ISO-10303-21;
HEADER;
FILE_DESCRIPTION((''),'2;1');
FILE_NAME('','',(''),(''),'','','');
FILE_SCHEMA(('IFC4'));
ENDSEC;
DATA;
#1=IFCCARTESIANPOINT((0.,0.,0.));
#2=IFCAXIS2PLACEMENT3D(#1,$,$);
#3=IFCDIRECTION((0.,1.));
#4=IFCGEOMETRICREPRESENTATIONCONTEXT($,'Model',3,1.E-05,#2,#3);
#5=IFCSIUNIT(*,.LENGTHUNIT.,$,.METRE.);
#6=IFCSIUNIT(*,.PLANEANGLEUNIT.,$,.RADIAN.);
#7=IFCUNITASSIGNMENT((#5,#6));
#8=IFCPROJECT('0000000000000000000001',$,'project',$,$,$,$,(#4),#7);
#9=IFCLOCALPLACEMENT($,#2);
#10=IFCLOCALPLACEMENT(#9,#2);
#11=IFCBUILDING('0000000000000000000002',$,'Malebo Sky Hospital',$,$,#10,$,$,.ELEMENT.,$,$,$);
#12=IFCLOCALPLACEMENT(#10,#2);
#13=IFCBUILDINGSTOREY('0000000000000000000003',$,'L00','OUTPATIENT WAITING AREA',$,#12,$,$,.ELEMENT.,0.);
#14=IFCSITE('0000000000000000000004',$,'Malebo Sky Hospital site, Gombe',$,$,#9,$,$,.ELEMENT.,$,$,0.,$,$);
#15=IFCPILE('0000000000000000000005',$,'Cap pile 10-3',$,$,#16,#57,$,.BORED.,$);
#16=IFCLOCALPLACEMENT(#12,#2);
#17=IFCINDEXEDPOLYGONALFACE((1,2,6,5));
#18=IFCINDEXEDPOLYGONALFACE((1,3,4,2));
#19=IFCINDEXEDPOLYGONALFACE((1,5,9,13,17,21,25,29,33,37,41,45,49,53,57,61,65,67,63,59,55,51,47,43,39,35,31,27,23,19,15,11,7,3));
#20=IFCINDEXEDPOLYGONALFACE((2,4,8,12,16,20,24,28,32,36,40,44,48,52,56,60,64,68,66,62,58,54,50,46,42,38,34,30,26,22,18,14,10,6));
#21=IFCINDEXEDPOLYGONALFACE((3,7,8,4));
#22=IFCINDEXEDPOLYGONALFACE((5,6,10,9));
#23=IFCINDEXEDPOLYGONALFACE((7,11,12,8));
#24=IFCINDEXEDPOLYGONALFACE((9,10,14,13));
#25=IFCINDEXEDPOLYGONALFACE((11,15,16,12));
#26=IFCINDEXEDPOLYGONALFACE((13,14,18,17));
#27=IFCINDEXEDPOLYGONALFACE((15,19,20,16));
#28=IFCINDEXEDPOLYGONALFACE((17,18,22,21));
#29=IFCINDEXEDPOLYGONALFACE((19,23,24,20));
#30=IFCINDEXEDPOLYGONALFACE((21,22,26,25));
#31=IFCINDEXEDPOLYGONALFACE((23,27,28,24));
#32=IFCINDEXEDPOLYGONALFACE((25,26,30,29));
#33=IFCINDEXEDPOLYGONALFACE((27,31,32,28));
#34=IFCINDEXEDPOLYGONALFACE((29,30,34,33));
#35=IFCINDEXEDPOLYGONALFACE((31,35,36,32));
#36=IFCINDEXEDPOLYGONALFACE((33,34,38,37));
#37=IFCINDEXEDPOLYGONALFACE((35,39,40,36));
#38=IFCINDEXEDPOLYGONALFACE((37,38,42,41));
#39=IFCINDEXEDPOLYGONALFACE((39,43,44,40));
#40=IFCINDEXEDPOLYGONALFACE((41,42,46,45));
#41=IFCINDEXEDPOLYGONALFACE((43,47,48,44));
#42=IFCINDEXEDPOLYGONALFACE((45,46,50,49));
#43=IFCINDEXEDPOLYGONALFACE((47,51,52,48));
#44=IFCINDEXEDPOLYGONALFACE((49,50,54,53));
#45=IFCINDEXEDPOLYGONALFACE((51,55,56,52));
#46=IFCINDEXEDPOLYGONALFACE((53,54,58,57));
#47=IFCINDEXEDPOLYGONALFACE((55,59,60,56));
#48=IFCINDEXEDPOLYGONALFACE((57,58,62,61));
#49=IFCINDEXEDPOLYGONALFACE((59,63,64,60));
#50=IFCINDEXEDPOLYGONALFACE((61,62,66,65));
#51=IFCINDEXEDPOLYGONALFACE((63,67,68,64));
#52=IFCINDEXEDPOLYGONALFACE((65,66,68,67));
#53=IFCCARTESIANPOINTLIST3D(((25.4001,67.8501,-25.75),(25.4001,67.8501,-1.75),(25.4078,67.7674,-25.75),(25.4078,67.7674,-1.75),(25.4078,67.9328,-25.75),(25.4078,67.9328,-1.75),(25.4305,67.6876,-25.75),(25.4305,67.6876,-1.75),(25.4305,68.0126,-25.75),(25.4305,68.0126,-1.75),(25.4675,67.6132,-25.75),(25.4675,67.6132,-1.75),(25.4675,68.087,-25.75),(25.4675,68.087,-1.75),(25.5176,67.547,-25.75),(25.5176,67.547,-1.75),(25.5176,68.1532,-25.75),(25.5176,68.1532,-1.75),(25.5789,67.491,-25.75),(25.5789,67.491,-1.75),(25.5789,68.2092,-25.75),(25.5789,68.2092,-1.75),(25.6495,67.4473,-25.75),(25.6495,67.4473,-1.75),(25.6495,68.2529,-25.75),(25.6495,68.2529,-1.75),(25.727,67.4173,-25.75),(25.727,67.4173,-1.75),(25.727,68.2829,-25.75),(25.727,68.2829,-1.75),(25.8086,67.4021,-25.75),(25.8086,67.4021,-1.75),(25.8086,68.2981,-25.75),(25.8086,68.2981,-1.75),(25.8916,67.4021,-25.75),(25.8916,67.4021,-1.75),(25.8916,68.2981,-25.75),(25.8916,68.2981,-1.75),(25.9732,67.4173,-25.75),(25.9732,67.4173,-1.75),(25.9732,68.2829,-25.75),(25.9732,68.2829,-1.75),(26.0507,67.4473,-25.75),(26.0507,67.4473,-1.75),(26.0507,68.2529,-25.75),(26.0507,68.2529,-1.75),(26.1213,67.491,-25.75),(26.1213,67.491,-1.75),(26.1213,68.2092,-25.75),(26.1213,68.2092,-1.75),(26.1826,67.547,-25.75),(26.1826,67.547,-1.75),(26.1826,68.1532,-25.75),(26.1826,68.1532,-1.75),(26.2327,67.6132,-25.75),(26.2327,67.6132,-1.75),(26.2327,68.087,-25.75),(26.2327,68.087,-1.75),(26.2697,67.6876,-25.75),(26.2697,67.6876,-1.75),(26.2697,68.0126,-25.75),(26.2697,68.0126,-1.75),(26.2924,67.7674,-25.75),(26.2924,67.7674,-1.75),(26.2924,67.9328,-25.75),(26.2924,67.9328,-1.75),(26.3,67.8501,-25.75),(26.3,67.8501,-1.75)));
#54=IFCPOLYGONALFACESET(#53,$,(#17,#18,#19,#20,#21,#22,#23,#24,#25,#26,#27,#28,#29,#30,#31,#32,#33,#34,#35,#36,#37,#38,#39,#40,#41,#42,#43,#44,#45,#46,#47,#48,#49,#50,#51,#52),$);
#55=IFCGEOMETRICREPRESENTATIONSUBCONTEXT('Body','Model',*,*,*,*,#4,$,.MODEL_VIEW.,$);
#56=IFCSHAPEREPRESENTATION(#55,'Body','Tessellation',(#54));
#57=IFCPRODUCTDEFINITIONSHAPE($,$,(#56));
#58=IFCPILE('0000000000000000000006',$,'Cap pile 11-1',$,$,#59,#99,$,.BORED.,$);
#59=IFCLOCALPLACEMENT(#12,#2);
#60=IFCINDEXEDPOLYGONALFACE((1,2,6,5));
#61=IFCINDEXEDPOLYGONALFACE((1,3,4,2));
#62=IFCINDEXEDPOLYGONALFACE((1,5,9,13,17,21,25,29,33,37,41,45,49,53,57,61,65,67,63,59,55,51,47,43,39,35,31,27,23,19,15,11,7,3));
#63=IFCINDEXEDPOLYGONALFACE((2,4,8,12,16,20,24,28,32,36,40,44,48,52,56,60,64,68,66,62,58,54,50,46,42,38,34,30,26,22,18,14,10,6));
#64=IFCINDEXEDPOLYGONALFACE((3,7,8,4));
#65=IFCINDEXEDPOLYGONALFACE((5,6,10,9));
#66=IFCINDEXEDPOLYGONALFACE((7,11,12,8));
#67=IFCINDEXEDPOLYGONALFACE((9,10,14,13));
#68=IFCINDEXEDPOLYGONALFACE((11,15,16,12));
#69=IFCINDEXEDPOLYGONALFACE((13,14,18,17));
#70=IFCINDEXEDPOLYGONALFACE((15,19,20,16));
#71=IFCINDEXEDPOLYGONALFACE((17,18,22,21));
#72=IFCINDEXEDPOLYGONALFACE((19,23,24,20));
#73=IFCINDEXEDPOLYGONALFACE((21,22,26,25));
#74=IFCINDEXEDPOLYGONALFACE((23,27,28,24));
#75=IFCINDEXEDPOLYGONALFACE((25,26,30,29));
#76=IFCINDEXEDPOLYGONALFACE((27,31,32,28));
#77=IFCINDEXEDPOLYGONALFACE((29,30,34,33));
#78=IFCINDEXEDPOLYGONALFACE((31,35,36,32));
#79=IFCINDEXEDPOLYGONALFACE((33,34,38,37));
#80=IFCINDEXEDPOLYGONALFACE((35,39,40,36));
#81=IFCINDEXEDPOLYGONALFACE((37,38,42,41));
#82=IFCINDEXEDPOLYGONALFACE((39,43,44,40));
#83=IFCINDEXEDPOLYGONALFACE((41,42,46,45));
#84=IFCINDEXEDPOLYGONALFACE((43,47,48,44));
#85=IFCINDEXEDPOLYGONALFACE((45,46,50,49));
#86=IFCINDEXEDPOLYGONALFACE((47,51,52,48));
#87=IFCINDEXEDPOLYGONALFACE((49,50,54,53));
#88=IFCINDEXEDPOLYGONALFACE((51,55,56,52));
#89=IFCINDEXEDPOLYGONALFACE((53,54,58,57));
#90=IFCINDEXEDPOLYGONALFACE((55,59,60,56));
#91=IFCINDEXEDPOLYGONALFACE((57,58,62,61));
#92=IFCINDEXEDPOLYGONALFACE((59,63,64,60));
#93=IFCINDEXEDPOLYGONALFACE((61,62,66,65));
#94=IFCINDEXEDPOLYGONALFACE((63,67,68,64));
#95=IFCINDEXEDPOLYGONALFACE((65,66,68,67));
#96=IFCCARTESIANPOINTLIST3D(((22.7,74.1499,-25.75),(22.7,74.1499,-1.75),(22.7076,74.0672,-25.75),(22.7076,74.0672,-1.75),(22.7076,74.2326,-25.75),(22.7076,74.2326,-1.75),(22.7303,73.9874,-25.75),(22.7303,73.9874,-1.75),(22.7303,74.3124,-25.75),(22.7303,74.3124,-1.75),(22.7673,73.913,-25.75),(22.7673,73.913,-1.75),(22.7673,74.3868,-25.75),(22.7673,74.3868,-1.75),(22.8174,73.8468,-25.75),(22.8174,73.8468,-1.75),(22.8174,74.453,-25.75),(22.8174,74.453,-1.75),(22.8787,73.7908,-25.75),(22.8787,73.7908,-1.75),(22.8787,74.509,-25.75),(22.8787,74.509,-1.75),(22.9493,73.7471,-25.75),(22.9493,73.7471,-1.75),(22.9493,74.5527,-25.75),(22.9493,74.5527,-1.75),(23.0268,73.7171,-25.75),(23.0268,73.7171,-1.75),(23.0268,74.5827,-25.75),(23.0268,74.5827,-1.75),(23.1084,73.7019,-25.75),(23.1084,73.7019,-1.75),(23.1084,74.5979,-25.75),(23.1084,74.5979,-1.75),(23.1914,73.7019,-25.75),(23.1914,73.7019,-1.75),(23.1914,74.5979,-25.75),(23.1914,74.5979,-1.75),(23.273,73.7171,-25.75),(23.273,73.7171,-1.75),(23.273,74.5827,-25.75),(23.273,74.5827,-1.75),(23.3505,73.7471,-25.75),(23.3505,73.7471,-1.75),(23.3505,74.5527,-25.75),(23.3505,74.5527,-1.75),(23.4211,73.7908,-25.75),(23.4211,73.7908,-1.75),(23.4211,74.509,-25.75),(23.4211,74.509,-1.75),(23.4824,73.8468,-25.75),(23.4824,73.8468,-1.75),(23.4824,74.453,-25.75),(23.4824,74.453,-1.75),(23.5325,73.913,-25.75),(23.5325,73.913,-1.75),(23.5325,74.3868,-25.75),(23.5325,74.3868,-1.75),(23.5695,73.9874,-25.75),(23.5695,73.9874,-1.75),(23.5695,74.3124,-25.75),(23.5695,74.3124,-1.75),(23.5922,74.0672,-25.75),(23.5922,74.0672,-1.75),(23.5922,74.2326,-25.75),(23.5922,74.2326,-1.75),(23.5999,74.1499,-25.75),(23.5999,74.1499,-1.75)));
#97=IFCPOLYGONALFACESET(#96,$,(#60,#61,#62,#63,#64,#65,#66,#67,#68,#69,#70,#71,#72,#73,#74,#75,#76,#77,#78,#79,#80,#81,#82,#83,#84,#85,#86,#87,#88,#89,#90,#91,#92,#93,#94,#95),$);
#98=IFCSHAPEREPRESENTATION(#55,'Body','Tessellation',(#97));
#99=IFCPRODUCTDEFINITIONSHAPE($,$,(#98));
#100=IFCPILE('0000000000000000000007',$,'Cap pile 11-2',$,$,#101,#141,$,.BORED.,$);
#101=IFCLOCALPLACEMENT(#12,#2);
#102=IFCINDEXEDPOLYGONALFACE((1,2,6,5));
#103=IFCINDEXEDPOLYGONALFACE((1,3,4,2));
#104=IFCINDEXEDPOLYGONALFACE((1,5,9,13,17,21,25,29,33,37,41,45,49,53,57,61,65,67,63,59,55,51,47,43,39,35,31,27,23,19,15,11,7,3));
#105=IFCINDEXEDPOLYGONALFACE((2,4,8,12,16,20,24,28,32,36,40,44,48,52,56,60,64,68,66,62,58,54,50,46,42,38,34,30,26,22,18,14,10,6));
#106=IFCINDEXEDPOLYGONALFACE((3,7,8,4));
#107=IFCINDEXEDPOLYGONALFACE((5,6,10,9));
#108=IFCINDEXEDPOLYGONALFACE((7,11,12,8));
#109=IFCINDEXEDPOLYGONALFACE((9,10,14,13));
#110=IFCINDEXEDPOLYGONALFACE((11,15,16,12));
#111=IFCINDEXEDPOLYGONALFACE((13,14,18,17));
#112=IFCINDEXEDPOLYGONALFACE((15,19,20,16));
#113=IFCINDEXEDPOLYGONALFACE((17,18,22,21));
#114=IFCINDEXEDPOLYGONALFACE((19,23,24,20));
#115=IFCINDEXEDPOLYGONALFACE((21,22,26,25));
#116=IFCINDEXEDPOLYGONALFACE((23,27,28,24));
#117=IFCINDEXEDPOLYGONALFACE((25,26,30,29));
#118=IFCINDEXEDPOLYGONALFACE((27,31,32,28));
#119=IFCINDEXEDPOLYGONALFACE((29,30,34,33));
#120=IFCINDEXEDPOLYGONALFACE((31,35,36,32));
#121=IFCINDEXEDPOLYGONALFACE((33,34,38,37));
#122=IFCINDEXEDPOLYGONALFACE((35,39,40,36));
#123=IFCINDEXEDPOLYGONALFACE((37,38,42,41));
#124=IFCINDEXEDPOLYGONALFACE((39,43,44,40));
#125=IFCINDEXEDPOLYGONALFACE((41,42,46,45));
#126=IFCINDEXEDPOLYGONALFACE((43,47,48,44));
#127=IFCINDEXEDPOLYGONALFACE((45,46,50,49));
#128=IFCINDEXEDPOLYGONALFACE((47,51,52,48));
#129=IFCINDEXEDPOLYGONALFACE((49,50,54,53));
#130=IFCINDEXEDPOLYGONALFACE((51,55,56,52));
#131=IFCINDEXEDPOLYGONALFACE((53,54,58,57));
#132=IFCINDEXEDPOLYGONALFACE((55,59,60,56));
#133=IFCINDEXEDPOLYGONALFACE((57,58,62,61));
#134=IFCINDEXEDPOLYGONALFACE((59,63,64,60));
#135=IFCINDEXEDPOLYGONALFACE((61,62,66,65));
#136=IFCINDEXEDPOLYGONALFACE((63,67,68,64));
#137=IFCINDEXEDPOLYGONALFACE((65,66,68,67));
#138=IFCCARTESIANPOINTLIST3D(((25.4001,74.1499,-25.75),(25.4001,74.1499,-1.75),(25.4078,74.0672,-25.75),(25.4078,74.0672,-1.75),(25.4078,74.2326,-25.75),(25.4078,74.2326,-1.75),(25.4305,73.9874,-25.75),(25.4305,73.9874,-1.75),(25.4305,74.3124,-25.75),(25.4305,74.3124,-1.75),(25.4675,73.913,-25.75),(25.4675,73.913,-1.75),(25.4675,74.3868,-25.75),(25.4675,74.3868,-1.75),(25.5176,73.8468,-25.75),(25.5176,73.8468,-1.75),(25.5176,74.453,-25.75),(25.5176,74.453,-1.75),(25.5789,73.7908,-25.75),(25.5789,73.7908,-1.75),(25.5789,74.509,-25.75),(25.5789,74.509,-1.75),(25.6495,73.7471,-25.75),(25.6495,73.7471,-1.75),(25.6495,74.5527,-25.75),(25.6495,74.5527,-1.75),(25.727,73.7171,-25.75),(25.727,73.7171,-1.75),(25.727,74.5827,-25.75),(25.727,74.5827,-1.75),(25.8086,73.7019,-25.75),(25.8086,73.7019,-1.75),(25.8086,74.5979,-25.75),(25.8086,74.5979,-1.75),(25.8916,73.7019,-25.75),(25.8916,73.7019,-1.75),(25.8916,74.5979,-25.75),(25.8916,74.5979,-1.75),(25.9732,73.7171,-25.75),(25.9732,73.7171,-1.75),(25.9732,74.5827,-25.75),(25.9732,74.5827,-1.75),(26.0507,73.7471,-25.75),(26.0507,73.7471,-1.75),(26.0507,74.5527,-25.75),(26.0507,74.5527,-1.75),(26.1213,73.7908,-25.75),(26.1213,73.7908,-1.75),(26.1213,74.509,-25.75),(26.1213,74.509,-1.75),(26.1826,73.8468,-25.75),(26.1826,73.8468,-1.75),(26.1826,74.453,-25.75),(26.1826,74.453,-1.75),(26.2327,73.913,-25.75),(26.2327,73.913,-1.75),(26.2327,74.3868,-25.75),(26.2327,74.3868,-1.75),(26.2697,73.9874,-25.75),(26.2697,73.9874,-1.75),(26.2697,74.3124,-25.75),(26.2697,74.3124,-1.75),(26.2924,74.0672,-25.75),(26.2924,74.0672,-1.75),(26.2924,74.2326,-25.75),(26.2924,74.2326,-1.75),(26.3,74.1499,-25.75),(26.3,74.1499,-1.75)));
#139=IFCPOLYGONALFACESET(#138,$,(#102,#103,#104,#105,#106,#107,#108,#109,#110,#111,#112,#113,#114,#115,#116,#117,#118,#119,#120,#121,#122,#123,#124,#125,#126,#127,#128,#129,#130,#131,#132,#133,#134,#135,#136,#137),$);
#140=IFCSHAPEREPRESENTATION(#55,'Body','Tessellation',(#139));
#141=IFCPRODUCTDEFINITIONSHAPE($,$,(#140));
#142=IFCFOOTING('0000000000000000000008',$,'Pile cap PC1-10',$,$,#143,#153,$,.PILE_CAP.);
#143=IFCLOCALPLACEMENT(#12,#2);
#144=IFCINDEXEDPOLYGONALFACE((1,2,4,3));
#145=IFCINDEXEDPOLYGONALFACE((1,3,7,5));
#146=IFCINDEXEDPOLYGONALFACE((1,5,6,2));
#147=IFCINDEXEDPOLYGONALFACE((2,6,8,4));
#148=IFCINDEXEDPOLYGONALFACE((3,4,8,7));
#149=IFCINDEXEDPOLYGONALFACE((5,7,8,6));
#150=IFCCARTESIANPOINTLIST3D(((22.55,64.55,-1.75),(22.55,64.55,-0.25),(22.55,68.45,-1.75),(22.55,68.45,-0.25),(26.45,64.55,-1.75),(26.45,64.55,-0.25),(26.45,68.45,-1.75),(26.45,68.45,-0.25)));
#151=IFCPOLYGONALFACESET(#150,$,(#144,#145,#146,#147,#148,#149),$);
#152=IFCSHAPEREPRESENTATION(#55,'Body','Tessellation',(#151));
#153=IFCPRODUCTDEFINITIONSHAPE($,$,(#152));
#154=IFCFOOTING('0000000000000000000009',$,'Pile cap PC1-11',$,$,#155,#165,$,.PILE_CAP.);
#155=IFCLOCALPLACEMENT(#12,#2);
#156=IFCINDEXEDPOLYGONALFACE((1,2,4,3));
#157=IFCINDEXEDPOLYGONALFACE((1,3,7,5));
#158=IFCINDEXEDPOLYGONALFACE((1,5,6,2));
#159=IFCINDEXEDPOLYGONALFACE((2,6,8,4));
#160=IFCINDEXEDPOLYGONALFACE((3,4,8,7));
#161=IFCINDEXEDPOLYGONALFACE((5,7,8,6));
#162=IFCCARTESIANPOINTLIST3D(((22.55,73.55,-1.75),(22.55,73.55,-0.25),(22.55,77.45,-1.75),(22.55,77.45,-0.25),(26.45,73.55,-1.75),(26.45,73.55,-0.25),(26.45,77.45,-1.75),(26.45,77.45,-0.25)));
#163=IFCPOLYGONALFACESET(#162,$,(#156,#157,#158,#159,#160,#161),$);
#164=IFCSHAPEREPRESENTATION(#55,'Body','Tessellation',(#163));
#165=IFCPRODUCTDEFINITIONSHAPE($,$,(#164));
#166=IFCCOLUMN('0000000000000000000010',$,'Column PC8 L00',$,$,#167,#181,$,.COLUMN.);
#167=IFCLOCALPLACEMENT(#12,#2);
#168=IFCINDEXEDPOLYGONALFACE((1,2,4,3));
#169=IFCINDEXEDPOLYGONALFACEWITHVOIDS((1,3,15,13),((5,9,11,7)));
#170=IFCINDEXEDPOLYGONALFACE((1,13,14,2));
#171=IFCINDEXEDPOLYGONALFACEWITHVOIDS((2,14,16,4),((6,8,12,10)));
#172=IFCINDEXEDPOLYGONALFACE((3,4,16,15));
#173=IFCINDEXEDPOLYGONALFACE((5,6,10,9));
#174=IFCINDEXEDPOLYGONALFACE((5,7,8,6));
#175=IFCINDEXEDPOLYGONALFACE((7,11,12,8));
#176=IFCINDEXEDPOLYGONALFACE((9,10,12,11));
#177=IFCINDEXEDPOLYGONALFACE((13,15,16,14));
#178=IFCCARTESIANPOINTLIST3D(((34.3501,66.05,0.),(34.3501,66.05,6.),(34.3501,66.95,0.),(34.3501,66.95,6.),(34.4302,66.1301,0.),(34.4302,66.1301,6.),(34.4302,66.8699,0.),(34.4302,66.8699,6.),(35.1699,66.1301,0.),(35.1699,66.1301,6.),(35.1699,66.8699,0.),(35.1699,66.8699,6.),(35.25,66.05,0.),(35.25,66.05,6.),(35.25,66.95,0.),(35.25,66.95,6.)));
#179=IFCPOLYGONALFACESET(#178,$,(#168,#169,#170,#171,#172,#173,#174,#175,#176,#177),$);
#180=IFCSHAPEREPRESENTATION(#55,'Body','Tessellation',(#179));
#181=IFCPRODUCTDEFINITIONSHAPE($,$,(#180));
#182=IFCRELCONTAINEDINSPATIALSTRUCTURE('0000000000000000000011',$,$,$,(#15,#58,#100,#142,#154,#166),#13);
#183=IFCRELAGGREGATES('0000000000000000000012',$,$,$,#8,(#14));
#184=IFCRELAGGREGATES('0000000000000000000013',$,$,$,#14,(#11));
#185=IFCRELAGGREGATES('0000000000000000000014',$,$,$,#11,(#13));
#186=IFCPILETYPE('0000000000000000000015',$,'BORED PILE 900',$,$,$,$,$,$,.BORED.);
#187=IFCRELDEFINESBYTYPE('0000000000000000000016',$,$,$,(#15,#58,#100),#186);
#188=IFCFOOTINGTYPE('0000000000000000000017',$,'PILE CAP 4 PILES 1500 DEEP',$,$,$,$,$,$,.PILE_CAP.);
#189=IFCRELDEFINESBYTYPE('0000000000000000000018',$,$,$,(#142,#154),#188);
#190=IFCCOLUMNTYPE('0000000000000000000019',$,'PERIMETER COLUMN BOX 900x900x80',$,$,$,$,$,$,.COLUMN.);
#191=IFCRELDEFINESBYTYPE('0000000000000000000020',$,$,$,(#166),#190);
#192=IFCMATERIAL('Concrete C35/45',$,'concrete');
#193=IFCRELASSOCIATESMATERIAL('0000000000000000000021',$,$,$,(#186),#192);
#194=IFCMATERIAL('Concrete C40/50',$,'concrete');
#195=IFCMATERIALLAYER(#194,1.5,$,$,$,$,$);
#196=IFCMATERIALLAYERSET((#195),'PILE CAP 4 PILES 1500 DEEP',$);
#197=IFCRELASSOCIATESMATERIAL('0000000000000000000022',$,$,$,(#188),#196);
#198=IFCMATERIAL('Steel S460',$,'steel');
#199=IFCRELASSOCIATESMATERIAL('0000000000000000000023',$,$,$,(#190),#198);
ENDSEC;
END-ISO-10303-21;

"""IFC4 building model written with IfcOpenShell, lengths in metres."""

from ifc_helpers import new_model, si_unit, direction, frame, origin, origin_2d, place, context, subcontext, project, spatial, rectangle, hollow_rectangle, circle, extrude, material, layer, layer_set, material_profile, profile_set, type_object, element, save


model = new_model("IFC4")

# Units and contexts
model_context = context("Model", 3, precision=1e-05, world=origin(), true_north=direction((0.0, 1.0)))
body_context = subcontext(model_context, "Body", "Model", "MODEL_VIEW")
ifc_project = project(units=[si_unit("LENGTHUNIT", "METRE"), si_unit("PLANEANGLEUNIT", "RADIAN")], contexts=[model_context])

# Site, building, storey
site_placement = place(None, origin())
site = spatial("IfcSite", under=ifc_project, at=site_placement, Name="Malebo Sky Hospital site, Gombe", CompositionType="ELEMENT", RefElevation=0.0)
building_placement = place(site_placement, origin())
building = spatial("IfcBuilding", under=site, at=building_placement, Name="Malebo Sky Hospital", CompositionType="ELEMENT")
storey_placement = place(building_placement, origin())
storey = spatial("IfcBuildingStorey", under=building, at=storey_placement, Name="L00", Description="OUTPATIENT WAITING AREA", CompositionType="ELEMENT", Elevation=0.0)

# Piles
ifc_material_1 = material(Name="Concrete C35/45", Category="concrete")
ifc_material_profile_1 = material_profile(ifc_material_1, circle(Radius=0.45, at=origin_2d()), Name="BP 900")
ifc_profile_set_1 = profile_set([ifc_material_profile_1], Name="Concrete C35/45")
pile_type_1 = type_object("IfcPileType", Name="BORED PILE 900", PredefinedType="BORED", material=ifc_profile_set_1)
for number, where, z_axis, x_axis, name in (
    (1, (25.8501, 67.8501, -1.75), (0.0, 0.0, -1.0), (1.0, 0.0, 0.0), "Cap pile 10-3"),
    (2, (23.1499, 74.1499, -1.75), (0.0, 0.0, -1.0), (1.0, 0.0, 0.0), "Cap pile 11-1"),
    (3, (25.8501, 74.1499, -1.75), (0.0, 0.0, -1.0), (1.0, 0.0, 0.0), "Cap pile 11-2"),
):
    element("IfcPile", number, at=place(storey_placement, frame(where, z_axis=z_axis, x_axis=x_axis)), inside=storey, type_object=pile_type_1, Name=name, PredefinedType="BORED", context=body_context, shape_type="SweptSolid", body=[
        extrude(circle(Radius=0.45, at=origin_2d()), origin(), (0.0, 0.0, 1.0), 24.0),
    ])

# Footings
ifc_material_2 = material(Name="Concrete C40/50", Category="concrete")
ifc_layer_1 = layer(ifc_material_2, 1.5)
ifc_layer_set_1 = layer_set([ifc_layer_1], Name="PILE CAP 4 PILES 1500 DEEP")
footing_type = type_object("IfcFootingType", Name="PILE CAP 4 PILES 1500 DEEP", PredefinedType="PILE_CAP", material=ifc_layer_set_1)
for number, where, z_axis, x_axis, name in (
    (4, (24.5, 66.5, -1.75), (0.0, 0.0, 1.0), (1.0, 0.0, 0.0), "Pile cap PC1-10"),
    (5, (24.5, 75.5, -1.75), (0.0, 0.0, 1.0), (1.0, 0.0, 0.0), "Pile cap PC1-11"),
):
    element("IfcFooting", number, at=place(storey_placement, frame(where, z_axis=z_axis, x_axis=x_axis)), inside=storey, type_object=footing_type, Name=name, PredefinedType="PILE_CAP", context=body_context, shape_type="SweptSolid", body=[
        extrude(rectangle(XDim=3.8999, YDim=3.8999, at=origin_2d()), origin(), (0.0, 0.0, 1.0), 1.5),
    ])

# Column
ifc_material_3 = material(Name="Steel S460", Category="steel")
ifc_material_profile_2 = material_profile(ifc_material_3, hollow_rectangle(XDim=0.8999, YDim=0.8999, WallThickness=0.0801, at=origin_2d()), Name="BOX 900x900x80")
ifc_profile_set_2 = profile_set([ifc_material_profile_2], Name="Steel S460")
column_type_1 = type_object("IfcColumnType", Name="PERIMETER COLUMN BOX 900x900x80", PredefinedType="COLUMN", material=ifc_profile_set_2)
column_placement = place(storey_placement, frame((34.8, 66.5, 0.0), z_axis=(0.0, 0.0, 1.0), x_axis=(1.0, 0.0, 0.0)))
element("IfcColumn", 6, at=column_placement, inside=storey, type_object=column_type_1, Name="Column PC8 L00", PredefinedType="COLUMN", context=body_context, shape_type="SweptSolid", body=[
    extrude(hollow_rectangle(XDim=0.8999, YDim=0.8999, WallThickness=0.0801, at=origin_2d()), origin(), (0.0, 0.0, 1.0), 6.0),
])

save(model, "model.ifc")
